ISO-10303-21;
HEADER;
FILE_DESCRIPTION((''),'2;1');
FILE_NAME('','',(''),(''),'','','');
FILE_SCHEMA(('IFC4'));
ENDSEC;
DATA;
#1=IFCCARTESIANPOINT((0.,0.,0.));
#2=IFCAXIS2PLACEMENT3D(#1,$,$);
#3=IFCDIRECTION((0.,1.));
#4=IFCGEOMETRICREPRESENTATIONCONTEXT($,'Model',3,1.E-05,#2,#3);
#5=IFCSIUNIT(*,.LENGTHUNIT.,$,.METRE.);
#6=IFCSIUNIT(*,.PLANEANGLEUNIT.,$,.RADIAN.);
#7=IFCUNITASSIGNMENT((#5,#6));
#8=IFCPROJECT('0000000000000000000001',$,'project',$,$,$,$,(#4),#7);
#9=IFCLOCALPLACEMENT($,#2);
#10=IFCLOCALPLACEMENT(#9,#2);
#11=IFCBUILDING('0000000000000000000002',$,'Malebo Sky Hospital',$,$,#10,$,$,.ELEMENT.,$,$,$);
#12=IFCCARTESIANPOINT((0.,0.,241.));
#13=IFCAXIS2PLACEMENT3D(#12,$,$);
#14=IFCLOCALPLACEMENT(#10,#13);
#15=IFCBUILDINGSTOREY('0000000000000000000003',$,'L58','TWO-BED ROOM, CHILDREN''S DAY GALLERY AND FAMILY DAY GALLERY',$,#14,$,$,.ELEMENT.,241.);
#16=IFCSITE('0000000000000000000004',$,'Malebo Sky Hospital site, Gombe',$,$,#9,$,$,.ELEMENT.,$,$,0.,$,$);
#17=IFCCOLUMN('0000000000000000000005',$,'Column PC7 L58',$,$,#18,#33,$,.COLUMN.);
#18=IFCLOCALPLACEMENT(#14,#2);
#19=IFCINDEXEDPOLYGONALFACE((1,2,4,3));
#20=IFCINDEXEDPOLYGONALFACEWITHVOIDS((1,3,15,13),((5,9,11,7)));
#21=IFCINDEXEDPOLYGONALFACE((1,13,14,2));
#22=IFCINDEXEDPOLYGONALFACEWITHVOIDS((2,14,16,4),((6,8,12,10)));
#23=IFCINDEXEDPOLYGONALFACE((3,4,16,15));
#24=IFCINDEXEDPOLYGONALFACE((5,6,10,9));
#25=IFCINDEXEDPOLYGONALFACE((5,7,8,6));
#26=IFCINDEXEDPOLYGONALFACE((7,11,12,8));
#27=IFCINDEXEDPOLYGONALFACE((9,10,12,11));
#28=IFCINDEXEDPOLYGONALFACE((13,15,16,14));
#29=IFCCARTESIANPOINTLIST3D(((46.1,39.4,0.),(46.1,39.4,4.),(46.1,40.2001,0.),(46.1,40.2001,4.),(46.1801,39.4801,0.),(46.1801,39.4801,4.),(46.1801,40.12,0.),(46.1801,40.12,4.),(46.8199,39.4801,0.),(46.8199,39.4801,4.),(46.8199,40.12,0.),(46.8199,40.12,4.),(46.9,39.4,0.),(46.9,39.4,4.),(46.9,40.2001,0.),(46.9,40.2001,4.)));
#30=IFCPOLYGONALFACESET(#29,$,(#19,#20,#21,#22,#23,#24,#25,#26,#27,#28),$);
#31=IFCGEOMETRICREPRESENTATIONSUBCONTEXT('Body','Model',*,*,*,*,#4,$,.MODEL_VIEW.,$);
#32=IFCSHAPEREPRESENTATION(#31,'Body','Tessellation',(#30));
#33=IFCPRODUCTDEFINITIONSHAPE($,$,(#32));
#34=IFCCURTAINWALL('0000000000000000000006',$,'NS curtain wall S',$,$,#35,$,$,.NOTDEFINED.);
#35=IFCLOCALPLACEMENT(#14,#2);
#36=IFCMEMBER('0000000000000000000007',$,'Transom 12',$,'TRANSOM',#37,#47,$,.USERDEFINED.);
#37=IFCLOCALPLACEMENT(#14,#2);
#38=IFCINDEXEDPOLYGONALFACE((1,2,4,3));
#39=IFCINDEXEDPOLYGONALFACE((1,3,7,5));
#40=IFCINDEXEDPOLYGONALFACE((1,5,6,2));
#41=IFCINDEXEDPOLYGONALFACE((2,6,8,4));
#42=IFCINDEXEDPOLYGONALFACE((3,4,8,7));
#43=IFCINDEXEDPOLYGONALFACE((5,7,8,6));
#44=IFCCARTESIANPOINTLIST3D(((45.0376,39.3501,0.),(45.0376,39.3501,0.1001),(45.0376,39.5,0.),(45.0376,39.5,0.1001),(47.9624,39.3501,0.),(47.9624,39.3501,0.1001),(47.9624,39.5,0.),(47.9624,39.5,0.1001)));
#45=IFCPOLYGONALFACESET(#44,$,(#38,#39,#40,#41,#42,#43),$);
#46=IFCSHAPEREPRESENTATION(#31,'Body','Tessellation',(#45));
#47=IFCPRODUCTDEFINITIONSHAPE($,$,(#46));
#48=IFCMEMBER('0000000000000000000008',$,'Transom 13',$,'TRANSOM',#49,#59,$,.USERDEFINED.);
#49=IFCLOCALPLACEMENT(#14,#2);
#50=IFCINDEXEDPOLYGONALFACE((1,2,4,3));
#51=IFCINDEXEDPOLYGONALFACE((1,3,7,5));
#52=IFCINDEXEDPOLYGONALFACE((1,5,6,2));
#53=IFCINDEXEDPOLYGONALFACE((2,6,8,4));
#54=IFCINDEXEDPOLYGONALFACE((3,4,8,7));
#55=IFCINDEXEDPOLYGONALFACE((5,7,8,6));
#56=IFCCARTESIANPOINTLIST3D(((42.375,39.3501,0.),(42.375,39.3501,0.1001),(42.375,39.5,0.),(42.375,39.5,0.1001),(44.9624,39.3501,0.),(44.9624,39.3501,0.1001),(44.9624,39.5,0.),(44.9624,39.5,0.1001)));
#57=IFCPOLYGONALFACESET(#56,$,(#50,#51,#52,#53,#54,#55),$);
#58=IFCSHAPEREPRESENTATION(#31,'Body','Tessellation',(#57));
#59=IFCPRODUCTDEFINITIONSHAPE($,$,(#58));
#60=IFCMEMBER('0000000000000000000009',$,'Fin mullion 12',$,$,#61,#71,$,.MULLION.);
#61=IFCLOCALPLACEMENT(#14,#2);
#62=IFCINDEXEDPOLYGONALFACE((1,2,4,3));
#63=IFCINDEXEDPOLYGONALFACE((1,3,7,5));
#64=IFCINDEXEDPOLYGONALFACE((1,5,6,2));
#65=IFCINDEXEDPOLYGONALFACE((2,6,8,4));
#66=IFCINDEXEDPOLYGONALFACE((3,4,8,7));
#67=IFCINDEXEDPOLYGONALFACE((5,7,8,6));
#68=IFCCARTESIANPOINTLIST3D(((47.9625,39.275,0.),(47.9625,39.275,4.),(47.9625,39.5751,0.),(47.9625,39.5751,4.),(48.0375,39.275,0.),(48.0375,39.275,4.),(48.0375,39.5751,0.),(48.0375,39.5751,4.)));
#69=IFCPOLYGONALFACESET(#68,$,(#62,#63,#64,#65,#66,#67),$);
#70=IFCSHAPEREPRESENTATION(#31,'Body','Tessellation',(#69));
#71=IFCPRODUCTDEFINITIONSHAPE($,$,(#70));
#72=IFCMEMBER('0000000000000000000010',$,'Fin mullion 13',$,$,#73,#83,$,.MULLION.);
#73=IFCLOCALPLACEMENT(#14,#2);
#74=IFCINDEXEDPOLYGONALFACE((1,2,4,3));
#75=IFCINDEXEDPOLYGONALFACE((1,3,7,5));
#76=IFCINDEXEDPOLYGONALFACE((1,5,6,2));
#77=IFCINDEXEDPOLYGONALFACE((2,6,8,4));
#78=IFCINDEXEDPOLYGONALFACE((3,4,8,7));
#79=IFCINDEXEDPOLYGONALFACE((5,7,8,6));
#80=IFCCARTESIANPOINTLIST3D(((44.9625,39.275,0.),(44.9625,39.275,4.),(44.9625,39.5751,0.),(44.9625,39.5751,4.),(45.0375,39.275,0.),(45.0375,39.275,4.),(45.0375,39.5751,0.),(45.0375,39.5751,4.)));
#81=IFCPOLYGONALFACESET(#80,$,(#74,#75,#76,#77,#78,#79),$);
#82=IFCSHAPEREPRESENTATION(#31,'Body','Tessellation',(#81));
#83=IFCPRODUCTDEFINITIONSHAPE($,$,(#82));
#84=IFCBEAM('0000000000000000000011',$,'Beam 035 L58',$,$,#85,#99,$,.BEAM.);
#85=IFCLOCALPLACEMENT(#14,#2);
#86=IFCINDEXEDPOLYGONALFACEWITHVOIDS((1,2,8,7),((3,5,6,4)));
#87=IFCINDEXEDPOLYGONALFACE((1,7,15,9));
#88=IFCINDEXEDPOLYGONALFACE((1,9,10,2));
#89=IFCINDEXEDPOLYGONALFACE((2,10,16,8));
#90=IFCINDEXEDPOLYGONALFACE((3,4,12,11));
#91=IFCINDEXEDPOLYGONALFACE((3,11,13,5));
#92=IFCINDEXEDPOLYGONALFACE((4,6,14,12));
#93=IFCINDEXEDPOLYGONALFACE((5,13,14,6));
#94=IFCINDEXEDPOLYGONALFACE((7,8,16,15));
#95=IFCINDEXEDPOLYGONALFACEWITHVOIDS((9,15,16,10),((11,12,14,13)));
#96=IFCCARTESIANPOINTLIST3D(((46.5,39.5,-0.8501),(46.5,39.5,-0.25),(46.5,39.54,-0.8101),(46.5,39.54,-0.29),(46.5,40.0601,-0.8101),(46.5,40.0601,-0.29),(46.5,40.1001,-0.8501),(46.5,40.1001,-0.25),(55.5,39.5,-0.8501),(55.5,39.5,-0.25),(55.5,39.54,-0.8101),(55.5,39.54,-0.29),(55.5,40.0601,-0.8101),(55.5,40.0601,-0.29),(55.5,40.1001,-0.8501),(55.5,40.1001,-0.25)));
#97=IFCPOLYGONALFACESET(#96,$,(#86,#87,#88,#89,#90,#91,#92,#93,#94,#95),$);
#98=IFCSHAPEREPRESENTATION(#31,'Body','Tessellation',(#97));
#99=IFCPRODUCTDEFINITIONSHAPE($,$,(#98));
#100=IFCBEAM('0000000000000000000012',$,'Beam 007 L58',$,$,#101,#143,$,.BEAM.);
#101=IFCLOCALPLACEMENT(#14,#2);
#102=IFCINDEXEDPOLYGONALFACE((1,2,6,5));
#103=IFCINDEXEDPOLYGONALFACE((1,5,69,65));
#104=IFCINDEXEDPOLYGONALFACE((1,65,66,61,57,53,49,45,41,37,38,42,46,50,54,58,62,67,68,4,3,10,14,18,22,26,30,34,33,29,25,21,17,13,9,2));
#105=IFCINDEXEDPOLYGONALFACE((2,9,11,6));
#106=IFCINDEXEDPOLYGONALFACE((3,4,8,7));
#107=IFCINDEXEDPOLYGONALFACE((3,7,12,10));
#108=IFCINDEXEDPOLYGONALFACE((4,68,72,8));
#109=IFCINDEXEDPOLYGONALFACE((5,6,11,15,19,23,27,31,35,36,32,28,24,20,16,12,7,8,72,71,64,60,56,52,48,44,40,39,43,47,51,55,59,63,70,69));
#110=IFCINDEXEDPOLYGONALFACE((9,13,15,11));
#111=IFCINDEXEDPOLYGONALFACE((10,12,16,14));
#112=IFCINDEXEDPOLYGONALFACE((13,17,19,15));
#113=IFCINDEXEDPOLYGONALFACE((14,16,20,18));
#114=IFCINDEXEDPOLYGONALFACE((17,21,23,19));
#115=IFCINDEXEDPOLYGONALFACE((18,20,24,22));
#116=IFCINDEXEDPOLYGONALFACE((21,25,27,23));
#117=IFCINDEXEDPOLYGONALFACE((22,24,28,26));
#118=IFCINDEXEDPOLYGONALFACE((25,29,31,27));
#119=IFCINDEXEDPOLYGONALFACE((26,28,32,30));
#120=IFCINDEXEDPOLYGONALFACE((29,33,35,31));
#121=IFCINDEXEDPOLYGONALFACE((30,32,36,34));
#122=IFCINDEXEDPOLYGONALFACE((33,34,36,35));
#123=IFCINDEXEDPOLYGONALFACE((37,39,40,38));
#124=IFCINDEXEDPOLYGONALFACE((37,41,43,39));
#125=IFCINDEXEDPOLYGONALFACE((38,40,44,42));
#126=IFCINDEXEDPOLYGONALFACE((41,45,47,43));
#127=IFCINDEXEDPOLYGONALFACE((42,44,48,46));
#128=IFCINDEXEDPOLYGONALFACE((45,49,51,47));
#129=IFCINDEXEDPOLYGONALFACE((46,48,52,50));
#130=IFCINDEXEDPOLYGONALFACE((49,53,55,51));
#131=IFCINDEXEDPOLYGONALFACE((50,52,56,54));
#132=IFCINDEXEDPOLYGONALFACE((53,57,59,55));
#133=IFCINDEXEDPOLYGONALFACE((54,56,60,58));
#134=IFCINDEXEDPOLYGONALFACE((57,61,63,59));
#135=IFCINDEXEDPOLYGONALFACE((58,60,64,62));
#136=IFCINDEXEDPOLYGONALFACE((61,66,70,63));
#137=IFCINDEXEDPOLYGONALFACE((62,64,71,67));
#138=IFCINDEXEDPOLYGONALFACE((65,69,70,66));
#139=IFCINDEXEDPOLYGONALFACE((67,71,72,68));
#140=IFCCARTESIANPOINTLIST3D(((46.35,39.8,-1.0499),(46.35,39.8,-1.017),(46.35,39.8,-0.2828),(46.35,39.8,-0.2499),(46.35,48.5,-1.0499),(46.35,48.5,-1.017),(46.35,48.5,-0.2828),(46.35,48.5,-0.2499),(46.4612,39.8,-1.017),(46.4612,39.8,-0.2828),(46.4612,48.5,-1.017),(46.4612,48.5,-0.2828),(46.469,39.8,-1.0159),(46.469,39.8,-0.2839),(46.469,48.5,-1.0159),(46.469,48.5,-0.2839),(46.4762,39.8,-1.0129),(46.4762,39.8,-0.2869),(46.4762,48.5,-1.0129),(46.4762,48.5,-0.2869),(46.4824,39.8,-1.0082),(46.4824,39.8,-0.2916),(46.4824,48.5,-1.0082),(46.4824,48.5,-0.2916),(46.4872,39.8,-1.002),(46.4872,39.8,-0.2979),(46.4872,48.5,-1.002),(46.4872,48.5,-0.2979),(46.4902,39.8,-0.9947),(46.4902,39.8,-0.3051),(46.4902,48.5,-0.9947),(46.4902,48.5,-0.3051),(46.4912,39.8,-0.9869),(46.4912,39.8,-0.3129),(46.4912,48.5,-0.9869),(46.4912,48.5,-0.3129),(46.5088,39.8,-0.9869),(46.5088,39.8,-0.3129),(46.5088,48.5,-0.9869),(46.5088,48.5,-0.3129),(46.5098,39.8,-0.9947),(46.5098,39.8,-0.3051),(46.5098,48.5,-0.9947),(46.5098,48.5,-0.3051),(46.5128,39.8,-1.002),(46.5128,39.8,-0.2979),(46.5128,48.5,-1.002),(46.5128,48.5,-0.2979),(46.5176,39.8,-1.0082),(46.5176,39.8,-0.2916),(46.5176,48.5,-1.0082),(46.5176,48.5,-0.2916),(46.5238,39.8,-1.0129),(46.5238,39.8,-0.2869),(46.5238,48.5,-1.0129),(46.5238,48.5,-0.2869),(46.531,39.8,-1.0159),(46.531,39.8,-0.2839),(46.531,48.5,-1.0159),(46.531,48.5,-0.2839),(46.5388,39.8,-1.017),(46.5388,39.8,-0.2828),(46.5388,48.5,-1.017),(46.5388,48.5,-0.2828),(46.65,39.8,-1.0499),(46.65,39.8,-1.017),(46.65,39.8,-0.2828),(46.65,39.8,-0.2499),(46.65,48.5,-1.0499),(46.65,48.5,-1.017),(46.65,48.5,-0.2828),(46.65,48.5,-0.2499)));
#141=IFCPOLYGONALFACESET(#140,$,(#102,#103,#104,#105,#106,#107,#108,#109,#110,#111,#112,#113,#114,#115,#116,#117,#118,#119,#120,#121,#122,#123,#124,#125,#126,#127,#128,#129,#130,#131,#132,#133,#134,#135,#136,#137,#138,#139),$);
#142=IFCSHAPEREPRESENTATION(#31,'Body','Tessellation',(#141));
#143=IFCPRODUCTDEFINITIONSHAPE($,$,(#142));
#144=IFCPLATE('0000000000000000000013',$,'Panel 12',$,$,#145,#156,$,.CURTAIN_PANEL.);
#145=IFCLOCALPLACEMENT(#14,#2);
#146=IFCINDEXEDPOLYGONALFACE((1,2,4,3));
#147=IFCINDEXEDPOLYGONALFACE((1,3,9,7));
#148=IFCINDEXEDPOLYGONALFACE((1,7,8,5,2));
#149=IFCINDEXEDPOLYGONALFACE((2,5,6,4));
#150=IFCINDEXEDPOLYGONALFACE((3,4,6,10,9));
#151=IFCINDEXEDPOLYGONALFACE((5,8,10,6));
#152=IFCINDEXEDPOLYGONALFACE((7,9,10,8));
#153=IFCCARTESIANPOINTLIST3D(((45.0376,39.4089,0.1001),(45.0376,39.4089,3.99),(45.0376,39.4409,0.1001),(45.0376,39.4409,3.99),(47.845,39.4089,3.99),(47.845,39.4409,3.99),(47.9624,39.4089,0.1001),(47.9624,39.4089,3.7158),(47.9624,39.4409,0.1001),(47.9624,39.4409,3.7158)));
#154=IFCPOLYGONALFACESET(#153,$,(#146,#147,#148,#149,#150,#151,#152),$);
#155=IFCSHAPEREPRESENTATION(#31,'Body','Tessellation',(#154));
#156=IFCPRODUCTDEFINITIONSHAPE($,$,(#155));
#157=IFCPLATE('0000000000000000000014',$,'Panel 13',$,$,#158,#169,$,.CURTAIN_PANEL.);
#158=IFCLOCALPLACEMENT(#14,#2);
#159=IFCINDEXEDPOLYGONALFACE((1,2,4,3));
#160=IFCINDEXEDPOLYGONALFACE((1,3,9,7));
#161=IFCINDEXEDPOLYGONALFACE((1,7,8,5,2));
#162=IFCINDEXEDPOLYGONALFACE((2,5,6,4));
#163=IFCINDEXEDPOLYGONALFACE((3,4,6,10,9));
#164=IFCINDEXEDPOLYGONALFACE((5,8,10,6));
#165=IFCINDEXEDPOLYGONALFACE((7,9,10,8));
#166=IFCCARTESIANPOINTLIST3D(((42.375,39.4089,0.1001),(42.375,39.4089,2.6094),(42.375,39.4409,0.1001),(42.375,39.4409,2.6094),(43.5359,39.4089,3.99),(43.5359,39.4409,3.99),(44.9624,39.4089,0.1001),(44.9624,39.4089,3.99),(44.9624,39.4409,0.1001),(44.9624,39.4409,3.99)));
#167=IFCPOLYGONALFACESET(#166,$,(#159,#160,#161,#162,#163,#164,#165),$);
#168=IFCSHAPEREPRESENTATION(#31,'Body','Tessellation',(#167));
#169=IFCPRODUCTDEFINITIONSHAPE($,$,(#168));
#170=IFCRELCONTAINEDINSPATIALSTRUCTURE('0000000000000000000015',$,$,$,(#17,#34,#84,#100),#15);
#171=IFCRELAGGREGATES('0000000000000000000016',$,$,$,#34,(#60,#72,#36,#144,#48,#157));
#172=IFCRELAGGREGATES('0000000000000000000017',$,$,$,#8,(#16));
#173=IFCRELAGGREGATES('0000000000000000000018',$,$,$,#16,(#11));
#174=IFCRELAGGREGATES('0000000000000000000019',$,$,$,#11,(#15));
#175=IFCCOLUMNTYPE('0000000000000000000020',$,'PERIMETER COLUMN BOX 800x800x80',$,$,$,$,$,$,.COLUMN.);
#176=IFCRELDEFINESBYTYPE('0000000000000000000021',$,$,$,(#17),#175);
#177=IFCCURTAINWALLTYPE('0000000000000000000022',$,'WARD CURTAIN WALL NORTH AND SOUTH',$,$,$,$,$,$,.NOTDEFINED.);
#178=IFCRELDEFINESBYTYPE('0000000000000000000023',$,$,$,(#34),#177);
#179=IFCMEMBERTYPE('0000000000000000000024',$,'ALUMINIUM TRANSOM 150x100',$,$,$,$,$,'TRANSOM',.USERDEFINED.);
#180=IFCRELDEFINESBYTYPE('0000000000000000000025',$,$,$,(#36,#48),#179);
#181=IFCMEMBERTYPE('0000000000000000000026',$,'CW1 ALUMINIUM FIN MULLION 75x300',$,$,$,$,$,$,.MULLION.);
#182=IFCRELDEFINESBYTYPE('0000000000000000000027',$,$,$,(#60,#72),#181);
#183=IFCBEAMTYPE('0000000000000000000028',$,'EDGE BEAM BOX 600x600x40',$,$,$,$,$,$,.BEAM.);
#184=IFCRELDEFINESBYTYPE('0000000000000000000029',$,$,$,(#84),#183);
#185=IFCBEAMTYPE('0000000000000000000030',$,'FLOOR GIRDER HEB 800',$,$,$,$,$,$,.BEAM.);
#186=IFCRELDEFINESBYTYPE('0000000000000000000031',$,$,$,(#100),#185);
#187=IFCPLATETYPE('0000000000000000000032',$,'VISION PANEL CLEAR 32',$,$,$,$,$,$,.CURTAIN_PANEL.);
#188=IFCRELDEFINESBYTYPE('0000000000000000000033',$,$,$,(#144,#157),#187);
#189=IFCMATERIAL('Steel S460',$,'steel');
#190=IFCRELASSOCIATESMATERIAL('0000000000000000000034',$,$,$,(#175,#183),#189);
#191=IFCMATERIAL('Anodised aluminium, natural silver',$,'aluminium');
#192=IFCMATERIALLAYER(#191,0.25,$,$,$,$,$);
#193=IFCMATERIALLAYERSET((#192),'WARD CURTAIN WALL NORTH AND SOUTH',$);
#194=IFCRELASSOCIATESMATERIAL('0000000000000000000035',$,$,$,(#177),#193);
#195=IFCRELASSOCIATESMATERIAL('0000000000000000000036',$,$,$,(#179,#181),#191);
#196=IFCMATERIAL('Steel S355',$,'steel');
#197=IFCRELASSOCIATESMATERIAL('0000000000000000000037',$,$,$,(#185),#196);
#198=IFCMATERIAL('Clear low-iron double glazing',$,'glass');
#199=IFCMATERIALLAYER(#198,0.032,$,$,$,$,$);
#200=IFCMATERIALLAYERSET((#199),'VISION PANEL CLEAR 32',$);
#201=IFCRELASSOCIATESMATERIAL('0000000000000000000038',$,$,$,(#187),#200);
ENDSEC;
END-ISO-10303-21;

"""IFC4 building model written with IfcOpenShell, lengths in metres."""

from ifc_helpers import new_model, si_unit, direction, frame, origin, origin_2d, place, context, subcontext, project, spatial, polyline, rectangle, hollow_rectangle, i_section, outline, extrude, material, layer, layer_set, material_profile, profile_set, type_object, element, aggregate, save


model = new_model("IFC4")

# Units and contexts
model_context = context("Model", 3, precision=1e-05, world=origin(), true_north=direction((0.0, 1.0)))
body_context = subcontext(model_context, "Body", "Model", "MODEL_VIEW")
ifc_project = project(units=[si_unit("LENGTHUNIT", "METRE"), si_unit("PLANEANGLEUNIT", "RADIAN")], contexts=[model_context])

# Site, building, storey
site_placement = place(None, origin())
site = spatial("IfcSite", under=ifc_project, at=site_placement, Name="Malebo Sky Hospital site, Gombe", CompositionType="ELEMENT", RefElevation=0.0)
building_placement = place(site_placement, origin())
building = spatial("IfcBuilding", under=site, at=building_placement, Name="Malebo Sky Hospital", CompositionType="ELEMENT")
storey_placement = place(building_placement, frame((0.0, 0.0, 241.0)))
storey = spatial("IfcBuildingStorey", under=building, at=storey_placement, Name="L58", Description="TWO-BED ROOM, CHILDREN'S DAY GALLERY AND FAMILY DAY GALLERY", CompositionType="ELEMENT", Elevation=241.0)

# Column
ifc_material_1 = material(Name="Steel S460", Category="steel")
ifc_material_profile_1 = material_profile(ifc_material_1, hollow_rectangle(XDim=0.8, YDim=0.8, WallThickness=0.0801, at=origin_2d()), Name="BOX 800x800x80")
ifc_profile_set_1 = profile_set([ifc_material_profile_1], Name="Steel S460")
column_type = type_object("IfcColumnType", Name="PERIMETER COLUMN BOX 800x800x80", PredefinedType="COLUMN", material=ifc_profile_set_1)
column_placement = place(storey_placement, frame((46.5, 39.8, 0.0), z_axis=(0.0, 0.0, 1.0), x_axis=(1.0, 0.0, 0.0)))
element("IfcColumn", 1, at=column_placement, inside=storey, type_object=column_type, Name="Column PC7 L58", PredefinedType="COLUMN", context=body_context, shape_type="SweptSolid", body=[
    extrude(hollow_rectangle(XDim=0.8, YDim=0.8, WallThickness=0.0801, at=origin_2d()), origin(), (0.0, 0.0, 1.0), 4.0),
])

# Curtain wall, members
ifc_material_2 = material(Name="Anodised aluminium, natural silver", Category="aluminium")
ifc_layer_1 = layer(ifc_material_2, 0.25)
ifc_layer_set_1 = layer_set([ifc_layer_1], Name="WARD CURTAIN WALL NORTH AND SOUTH")
curtain_wall_type = type_object("IfcCurtainWallType", Name="WARD CURTAIN WALL NORTH AND SOUTH", PredefinedType="NOTDEFINED", material=ifc_layer_set_1)
curtain_wall_placement = place(storey_placement, origin())
curtain_wall = element("IfcCurtainWall", 2, at=curtain_wall_placement, inside=storey, type_object=curtain_wall_type, Name="NS curtain wall S", PredefinedType="NOTDEFINED")
ifc_material_profile_2 = material_profile(ifc_material_2, rectangle(XDim=0.1499, YDim=0.1001, at=origin_2d()), Name="ALUMINIUM TRANSOM 150x100")
ifc_profile_set_2 = profile_set([ifc_material_profile_2], Name="Anodised aluminium, natural silver")
member_type_1 = type_object("IfcMemberType", Name="ALUMINIUM TRANSOM 150x100", ElementType="TRANSOM", PredefinedType="USERDEFINED", material=ifc_profile_set_2)
member_1_placement = place(storey_placement, frame((47.9624, 39.425, 0.05), z_axis=(-1.0, 0.0, 0.0), x_axis=(0.0, -1.0, 0.0)))
member_1 = element("IfcMember", 3, at=member_1_placement, type_object=member_type_1, Name="Transom 12", ObjectType="TRANSOM", PredefinedType="USERDEFINED", context=body_context, shape_type="SweptSolid", body=[
    extrude(rectangle(XDim=0.1499, YDim=0.1001, at=origin_2d()), origin(), (0.0, 0.0, 1.0), 2.9248),
])
member_2_placement = place(storey_placement, frame((44.9624, 39.425, 0.05), z_axis=(-1.0, 0.0, 0.0), x_axis=(0.0, -1.0, 0.0)))
member_2 = element("IfcMember", 4, at=member_2_placement, type_object=member_type_1, Name="Transom 13", ObjectType="TRANSOM", PredefinedType="USERDEFINED", context=body_context, shape_type="SweptSolid", body=[
    extrude(rectangle(XDim=0.1499, YDim=0.1001, at=origin_2d()), origin(), (0.0, 0.0, 1.0), 2.5874),
])
ifc_material_profile_3 = material_profile(ifc_material_2, rectangle(XDim=0.075, YDim=0.3, at=origin_2d()), Name="CW1 ALUMINIUM FIN MULLION 75x300")
ifc_profile_set_3 = profile_set([ifc_material_profile_3], Name="Anodised aluminium, natural silver")
member_type_2 = type_object("IfcMemberType", Name="CW1 ALUMINIUM FIN MULLION 75x300", PredefinedType="MULLION", material=ifc_profile_set_3)
member_3_placement = place(storey_placement, frame((48.0, 39.425, 0.0), z_axis=(0.0, 0.0, 1.0), x_axis=(-1.0, 0.0, 0.0)))
member_3 = element("IfcMember", 5, at=member_3_placement, type_object=member_type_2, Name="Fin mullion 12", PredefinedType="MULLION", context=body_context, shape_type="SweptSolid", body=[
    extrude(rectangle(XDim=0.075, YDim=0.3, at=origin_2d()), origin(), (0.0, 0.0, 1.0), 4.0),
])
member_4_placement = place(storey_placement, frame((45.0, 39.425, 0.0), z_axis=(0.0, 0.0, 1.0), x_axis=(-1.0, 0.0, 0.0)))
member_4 = element("IfcMember", 6, at=member_4_placement, type_object=member_type_2, Name="Fin mullion 13", PredefinedType="MULLION", context=body_context, shape_type="SweptSolid", body=[
    extrude(rectangle(XDim=0.075, YDim=0.3, at=origin_2d()), origin(), (0.0, 0.0, 1.0), 4.0),
])

# Beams
ifc_material_profile_4 = material_profile(ifc_material_1, hollow_rectangle(XDim=0.6001, YDim=0.6001, WallThickness=0.04, at=origin_2d()), Name="BOX 600x600x40")
ifc_profile_set_4 = profile_set([ifc_material_profile_4], Name="Steel S460")
beam_type_1 = type_object("IfcBeamType", Name="EDGE BEAM BOX 600x600x40", PredefinedType="BEAM", material=ifc_profile_set_4)
beam_1_placement = place(storey_placement, frame((46.5, 39.8, -0.55), z_axis=(1.0, 0.0, 0.0), x_axis=(0.0, 1.0, 0.0)))
element("IfcBeam", 7, at=beam_1_placement, inside=storey, type_object=beam_type_1, Name="Beam 035 L58", PredefinedType="BEAM", context=body_context, shape_type="SweptSolid", body=[
    extrude(hollow_rectangle(XDim=0.6001, YDim=0.6001, WallThickness=0.04, at=origin_2d()), origin(), (0.0, 0.0, 1.0), 9.0),
])
ifc_material_3 = material(Name="Steel S355", Category="steel")
ifc_material_profile_5 = material_profile(ifc_material_3, i_section(OverallWidth=0.3, OverallDepth=0.8, WebThickness=0.0176, FlangeThickness=0.033, FilletRadius=0.03, at=origin_2d()), Name="HEB 800")
ifc_profile_set_5 = profile_set([ifc_material_profile_5], Name="Steel S355")
beam_type_2 = type_object("IfcBeamType", Name="FLOOR GIRDER HEB 800", PredefinedType="BEAM", material=ifc_profile_set_5)
beam_2_placement = place(storey_placement, frame((46.5, 39.8, -0.6499), z_axis=(0.0, 1.0, 0.0), x_axis=(-1.0, 0.0, 0.0)))
element("IfcBeam", 8, at=beam_2_placement, inside=storey, type_object=beam_type_2, Name="Beam 007 L58", PredefinedType="BEAM", context=body_context, shape_type="SweptSolid", body=[
    extrude(i_section(OverallWidth=0.3, OverallDepth=0.8, WebThickness=0.0176, FlangeThickness=0.033, FilletRadius=0.03, at=origin_2d()), origin(), (0.0, 0.0, 1.0), 8.7),
])

# Plates
ifc_material_4 = material(Name="Clear low-iron double glazing", Category="glass")
ifc_layer_2 = layer(ifc_material_4, 0.032)
ifc_layer_set_2 = layer_set([ifc_layer_2], Name="VISION PANEL CLEAR 32")
plate_type = type_object("IfcPlateType", Name="VISION PANEL CLEAR 32", PredefinedType="CURTAIN_PANEL", material=ifc_layer_set_2)
plate_1_placement = place(storey_placement, frame((46.5, 39.425, 0.1001), z_axis=(0.0, 0.0, 1.0), x_axis=(-1.0, 0.0, 0.0)))
plate_1 = element("IfcPlate", 9, at=plate_1_placement, type_object=plate_type, Name="Panel 12", PredefinedType="CURTAIN_PANEL", context=body_context, shape_type="SweptSolid", body=[
    extrude(outline(polyline([(-1.4624, 0.0), (1.4624, 0.0), (1.4624, 3.8899), (-1.345, 3.8899), (-1.4624, 3.6157), (-1.4624, 0.0)])), frame((0.0, 0.0161, 0.0), z_axis=(0.0, -1.0, 0.0), x_axis=(1.0, 0.0, 0.0)), (0.0, 0.0, 1.0), 0.032),
])
plate_2_placement = place(storey_placement, frame((43.6687, 39.425, 0.1001), z_axis=(0.0, 0.0, 1.0), x_axis=(-1.0, 0.0, 0.0)))
plate_2 = element("IfcPlate", 10, at=plate_2_placement, type_object=plate_type, Name="Panel 13", PredefinedType="CURTAIN_PANEL", context=body_context, shape_type="SweptSolid", body=[
    extrude(outline(polyline([(-1.2937, 0.0), (1.2937, 0.0), (1.2937, 2.5093), (0.1328, 3.8899), (-1.2937, 3.8899), (-1.2937, 0.0)])), frame((0.0, 0.0161, 0.0), z_axis=(0.0, -1.0, 0.0), x_axis=(1.0, 0.0, 0.0)), (0.0, 0.0, 1.0), 0.032),
])
aggregate(curtain_wall, [member_3, member_4, member_1, plate_1, member_2, plate_2])

save(model, "model.ifc")
